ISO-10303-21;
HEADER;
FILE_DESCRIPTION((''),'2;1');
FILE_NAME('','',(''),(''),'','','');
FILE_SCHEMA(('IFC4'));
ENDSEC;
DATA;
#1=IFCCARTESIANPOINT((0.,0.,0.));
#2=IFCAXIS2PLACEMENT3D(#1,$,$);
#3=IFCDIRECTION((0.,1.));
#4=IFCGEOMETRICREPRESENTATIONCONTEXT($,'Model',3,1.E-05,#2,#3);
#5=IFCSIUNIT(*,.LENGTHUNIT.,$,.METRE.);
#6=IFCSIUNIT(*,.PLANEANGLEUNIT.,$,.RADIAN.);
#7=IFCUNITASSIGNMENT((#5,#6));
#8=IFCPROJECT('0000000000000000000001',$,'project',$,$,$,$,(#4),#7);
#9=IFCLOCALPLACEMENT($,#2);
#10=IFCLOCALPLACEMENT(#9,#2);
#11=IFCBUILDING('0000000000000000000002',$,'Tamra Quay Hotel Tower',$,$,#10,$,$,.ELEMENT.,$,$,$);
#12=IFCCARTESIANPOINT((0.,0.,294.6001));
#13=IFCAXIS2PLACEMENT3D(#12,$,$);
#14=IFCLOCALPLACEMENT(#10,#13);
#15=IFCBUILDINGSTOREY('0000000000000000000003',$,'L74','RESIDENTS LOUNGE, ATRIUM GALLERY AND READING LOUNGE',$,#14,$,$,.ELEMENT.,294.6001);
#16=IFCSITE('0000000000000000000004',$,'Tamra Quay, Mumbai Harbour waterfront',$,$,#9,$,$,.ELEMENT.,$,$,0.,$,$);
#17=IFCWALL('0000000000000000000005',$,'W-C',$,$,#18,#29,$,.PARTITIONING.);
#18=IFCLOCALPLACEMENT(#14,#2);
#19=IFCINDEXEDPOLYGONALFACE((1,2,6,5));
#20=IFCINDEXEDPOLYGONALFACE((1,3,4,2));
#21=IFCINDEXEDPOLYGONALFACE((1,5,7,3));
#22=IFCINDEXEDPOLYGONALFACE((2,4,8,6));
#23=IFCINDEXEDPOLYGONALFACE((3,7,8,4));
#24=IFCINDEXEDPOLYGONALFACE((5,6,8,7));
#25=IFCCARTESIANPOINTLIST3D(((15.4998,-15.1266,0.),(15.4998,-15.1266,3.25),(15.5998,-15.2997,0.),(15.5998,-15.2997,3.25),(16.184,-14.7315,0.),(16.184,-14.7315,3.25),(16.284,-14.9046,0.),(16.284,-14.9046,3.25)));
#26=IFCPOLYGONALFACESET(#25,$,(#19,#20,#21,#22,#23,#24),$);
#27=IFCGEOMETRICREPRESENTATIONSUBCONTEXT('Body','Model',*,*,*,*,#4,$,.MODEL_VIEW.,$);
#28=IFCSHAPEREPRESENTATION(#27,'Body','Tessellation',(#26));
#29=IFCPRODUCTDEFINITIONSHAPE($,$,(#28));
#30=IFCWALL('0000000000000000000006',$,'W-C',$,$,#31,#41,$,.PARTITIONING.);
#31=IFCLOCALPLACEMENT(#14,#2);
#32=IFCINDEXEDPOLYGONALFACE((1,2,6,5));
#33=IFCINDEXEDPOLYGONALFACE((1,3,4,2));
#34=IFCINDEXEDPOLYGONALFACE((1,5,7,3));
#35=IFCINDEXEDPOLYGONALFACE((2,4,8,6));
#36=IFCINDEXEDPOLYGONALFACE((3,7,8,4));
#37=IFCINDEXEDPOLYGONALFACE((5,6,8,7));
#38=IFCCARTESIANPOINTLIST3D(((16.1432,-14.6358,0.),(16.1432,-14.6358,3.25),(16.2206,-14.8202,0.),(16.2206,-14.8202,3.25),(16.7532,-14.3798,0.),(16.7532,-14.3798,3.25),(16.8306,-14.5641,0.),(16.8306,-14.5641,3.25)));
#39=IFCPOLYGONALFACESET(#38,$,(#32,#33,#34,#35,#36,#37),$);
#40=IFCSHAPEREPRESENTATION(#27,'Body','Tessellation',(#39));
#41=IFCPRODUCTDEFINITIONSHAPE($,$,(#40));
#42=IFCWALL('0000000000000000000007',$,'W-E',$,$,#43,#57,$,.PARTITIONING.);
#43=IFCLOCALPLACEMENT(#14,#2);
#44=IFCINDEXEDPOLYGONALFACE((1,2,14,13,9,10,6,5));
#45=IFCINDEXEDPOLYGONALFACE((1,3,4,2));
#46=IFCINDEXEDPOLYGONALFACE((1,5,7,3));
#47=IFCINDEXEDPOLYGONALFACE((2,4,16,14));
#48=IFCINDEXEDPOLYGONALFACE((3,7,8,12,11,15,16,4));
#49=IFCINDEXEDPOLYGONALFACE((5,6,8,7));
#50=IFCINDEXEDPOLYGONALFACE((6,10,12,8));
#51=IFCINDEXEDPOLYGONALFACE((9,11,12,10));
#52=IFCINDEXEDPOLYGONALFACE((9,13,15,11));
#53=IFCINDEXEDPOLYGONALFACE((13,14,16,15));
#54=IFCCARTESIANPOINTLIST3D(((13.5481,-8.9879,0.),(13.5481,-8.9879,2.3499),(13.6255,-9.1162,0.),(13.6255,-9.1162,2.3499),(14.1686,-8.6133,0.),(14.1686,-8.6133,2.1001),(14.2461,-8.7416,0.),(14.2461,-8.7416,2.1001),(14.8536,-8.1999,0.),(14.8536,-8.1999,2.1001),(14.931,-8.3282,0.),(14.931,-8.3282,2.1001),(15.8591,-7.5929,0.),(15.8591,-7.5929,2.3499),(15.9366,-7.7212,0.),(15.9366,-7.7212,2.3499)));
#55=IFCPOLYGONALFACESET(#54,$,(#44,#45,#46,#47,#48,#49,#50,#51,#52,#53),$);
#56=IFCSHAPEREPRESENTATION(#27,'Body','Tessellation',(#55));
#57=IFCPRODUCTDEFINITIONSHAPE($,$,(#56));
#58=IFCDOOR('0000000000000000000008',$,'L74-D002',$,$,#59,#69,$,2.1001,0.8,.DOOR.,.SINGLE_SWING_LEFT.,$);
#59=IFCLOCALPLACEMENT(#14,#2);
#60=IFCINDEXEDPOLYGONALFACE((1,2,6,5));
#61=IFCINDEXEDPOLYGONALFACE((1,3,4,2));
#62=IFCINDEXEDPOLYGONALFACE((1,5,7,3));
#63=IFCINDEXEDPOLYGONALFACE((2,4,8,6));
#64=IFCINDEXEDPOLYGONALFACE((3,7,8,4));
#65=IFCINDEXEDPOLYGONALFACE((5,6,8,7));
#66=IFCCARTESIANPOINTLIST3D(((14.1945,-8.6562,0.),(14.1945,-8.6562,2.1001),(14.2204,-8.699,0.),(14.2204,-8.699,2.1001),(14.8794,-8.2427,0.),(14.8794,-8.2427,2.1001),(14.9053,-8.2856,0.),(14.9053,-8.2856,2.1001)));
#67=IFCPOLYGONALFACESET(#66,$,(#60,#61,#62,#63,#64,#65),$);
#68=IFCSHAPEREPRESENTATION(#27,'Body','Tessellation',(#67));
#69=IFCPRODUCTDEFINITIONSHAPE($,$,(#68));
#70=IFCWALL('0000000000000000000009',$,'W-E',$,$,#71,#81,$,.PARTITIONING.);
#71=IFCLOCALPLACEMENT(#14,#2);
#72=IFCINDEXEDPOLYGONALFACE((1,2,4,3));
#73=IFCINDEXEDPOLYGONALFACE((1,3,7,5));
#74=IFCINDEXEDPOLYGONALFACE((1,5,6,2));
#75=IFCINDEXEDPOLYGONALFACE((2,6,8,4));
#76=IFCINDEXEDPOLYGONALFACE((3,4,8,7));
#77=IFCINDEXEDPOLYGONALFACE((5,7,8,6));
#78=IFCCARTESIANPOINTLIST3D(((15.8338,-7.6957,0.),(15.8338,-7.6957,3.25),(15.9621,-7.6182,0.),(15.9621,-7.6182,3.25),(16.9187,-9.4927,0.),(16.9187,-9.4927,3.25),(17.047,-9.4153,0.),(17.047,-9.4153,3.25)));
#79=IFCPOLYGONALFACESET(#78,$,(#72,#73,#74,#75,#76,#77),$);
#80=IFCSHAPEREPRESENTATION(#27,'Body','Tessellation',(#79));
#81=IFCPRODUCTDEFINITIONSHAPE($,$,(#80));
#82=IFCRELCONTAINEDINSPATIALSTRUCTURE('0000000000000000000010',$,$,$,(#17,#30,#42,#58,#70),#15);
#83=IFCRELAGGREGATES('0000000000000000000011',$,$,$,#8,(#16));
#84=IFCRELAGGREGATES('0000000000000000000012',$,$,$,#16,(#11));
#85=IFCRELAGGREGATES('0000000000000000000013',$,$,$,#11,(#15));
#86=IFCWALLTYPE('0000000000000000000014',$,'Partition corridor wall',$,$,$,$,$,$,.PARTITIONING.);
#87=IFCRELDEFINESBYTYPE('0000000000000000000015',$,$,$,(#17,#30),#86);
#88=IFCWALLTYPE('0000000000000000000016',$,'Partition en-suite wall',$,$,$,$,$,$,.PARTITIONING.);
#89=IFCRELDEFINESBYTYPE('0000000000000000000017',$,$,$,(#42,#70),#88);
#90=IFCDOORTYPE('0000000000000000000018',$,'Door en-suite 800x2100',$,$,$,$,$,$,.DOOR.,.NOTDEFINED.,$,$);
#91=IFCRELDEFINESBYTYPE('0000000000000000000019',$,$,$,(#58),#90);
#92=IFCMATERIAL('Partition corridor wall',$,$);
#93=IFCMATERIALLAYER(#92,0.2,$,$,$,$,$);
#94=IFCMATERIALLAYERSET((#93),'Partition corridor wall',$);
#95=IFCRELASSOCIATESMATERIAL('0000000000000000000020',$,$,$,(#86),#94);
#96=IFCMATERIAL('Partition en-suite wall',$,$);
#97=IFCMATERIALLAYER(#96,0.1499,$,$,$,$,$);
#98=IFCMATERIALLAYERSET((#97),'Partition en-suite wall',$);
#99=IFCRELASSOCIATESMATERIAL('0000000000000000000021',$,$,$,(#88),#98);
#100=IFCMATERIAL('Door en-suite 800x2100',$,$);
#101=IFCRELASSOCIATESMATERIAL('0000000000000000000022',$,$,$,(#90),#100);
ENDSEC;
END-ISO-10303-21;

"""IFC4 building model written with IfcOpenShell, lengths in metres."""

from ifc_helpers import new_model, si_unit, direction, frame, frame_2d, origin, place, context, subcontext, project, spatial, rectangle, extrude, material, layer, layer_set, type_object, element, fill, save


model = new_model("IFC4")

# Units and contexts
model_context = context("Model", 3, precision=1e-05, world=origin(), true_north=direction((0.0, 1.0)))
body_context = subcontext(model_context, "Body", "Model", "MODEL_VIEW")
ifc_project = project(units=[si_unit("LENGTHUNIT", "METRE"), si_unit("PLANEANGLEUNIT", "RADIAN")], contexts=[model_context])

# Site, building, storey
site_placement = place(None, origin())
site = spatial("IfcSite", under=ifc_project, at=site_placement, Name="Tamra Quay, Mumbai Harbour waterfront", CompositionType="ELEMENT", RefElevation=0.0)
building_placement = place(site_placement, origin())
building = spatial("IfcBuilding", under=site, at=building_placement, Name="Tamra Quay Hotel Tower", CompositionType="ELEMENT")
storey_placement = place(building_placement, frame((0.0, 0.0, 294.6001)))
storey = spatial("IfcBuildingStorey", under=building, at=storey_placement, Name="L74", Description="RESIDENTS LOUNGE, ATRIUM GALLERY AND READING LOUNGE", CompositionType="ELEMENT", Elevation=294.6001)

# Walls
ifc_material_1 = material(Name="Partition corridor wall")
ifc_layer_1 = layer(ifc_material_1, 0.2)
ifc_layer_set_1 = layer_set([ifc_layer_1], Name="Partition corridor wall")
wall_type_1 = type_object("IfcWallType", Name="Partition corridor wall", PredefinedType="PARTITIONING", material=ifc_layer_set_1)
wall_1_placement = place(storey_placement, frame((15.5498, -15.2131, 0.0), z_axis=(0.0, 0.0, 1.0), x_axis=(0.86599, 0.500061, 0.0)))
element("IfcWall", 1, at=wall_1_placement, inside=storey, type_object=wall_type_1, Name="W-C", PredefinedType="PARTITIONING", context=body_context, shape_type="SweptSolid", body=[
    extrude(rectangle(XDim=0.79, YDim=0.2, at=frame_2d((0.395, 0.0))), origin(), (0.0, 0.0, 1.0), 3.25),
])
wall_2_placement = place(storey_placement, frame((16.1819, -14.728, 0.0), z_axis=(0.0, 0.0, 1.0), x_axis=(0.922058, 0.387051, 0.0)))
element("IfcWall", 2, at=wall_2_placement, inside=storey, type_object=wall_type_1, Name="W-C", PredefinedType="PARTITIONING", context=body_context, shape_type="SweptSolid", body=[
    extrude(rectangle(XDim=0.6616, YDim=0.2, at=frame_2d((0.3308, 0.0))), origin(), (0.0, 0.0, 1.0), 3.25),
])

# Wall, opening, door
ifc_material_2 = material(Name="Partition en-suite wall")
ifc_layer_2 = layer(ifc_material_2, 0.1499)
ifc_layer_set_2 = layer_set([ifc_layer_2], Name="Partition en-suite wall")
wall_type_2 = type_object("IfcWallType", Name="Partition en-suite wall", PredefinedType="PARTITIONING", material=ifc_layer_set_2)
wall_3_placement = place(storey_placement, frame((13.5869, -9.052, 0.0), z_axis=(0.0, 0.0, 1.0), x_axis=(0.856117, 0.516782, 0.0)))
wall_3 = element("IfcWall", 3, at=wall_3_placement, inside=storey, type_object=wall_type_2, Name="W-E", PredefinedType="PARTITIONING", context=body_context, shape_type="SweptSolid", body=[
    extrude(rectangle(XDim=2.6995, YDim=0.1499, at=frame_2d((1.3496, 0.0))), origin(), (0.0, 0.0, 1.0), 2.3499),
])
opening_1_placement = place(wall_3_placement, frame((0.7249, 0.0, 0.0)))
opening_1 = element("IfcOpeningElement", 4, at=opening_1_placement, cuts=wall_3, PredefinedType="OPENING", context=body_context, shape_type="SweptSolid", body=[
    extrude(rectangle(XDim=0.8, YDim=2.1001, at=frame_2d((0.3999, 1.05))), frame((0.0, 0.085, 0.0), z_axis=(0.0, -1.0, 0.0), x_axis=(1.0, 0.0, 0.0)), (0.0, 0.0, 1.0), 0.1699),
])
ifc_material_3 = material(Name="Door en-suite 800x2100")
door_type_1 = type_object("IfcDoorType", Name="Door en-suite 800x2100", OperationType="NOTDEFINED", PredefinedType="DOOR", material=ifc_material_3)
door_1_placement = place(opening_1_placement, origin())
door_1 = element("IfcDoor", 5, at=door_1_placement, inside=storey, type_object=door_type_1, Name="L74-D002", OperationType="SINGLE_SWING_LEFT", OverallHeight=2.1001, OverallWidth=0.8, PredefinedType="DOOR", context=body_context, shape_type="SweptSolid", body=[
    extrude(rectangle(XDim=0.8, YDim=2.1001, at=frame_2d((0.3999, 1.05))), frame((0.0, 0.0249, 0.0), z_axis=(0.0, -1.0, 0.0), x_axis=(1.0, 0.0, 0.0)), (0.0, 0.0, 1.0), 0.05),
])
fill(opening_1, door_1)

# Wall
wall_4_placement = place(storey_placement, frame((15.8979, -7.657, 0.0), z_axis=(0.0, 0.0, 1.0), x_axis=(0.516837, -0.856084, 0.0)))
element("IfcWall", 6, at=wall_4_placement, inside=storey, type_object=wall_type_2, Name="W-E", PredefinedType="PARTITIONING", context=body_context, shape_type="SweptSolid", body=[
    extrude(rectangle(XDim=2.0991, YDim=0.1499, at=frame_2d((1.0496, 0.0))), origin(), (0.0, 0.0, 1.0), 3.25),
])

save(model, "model.ifc")
